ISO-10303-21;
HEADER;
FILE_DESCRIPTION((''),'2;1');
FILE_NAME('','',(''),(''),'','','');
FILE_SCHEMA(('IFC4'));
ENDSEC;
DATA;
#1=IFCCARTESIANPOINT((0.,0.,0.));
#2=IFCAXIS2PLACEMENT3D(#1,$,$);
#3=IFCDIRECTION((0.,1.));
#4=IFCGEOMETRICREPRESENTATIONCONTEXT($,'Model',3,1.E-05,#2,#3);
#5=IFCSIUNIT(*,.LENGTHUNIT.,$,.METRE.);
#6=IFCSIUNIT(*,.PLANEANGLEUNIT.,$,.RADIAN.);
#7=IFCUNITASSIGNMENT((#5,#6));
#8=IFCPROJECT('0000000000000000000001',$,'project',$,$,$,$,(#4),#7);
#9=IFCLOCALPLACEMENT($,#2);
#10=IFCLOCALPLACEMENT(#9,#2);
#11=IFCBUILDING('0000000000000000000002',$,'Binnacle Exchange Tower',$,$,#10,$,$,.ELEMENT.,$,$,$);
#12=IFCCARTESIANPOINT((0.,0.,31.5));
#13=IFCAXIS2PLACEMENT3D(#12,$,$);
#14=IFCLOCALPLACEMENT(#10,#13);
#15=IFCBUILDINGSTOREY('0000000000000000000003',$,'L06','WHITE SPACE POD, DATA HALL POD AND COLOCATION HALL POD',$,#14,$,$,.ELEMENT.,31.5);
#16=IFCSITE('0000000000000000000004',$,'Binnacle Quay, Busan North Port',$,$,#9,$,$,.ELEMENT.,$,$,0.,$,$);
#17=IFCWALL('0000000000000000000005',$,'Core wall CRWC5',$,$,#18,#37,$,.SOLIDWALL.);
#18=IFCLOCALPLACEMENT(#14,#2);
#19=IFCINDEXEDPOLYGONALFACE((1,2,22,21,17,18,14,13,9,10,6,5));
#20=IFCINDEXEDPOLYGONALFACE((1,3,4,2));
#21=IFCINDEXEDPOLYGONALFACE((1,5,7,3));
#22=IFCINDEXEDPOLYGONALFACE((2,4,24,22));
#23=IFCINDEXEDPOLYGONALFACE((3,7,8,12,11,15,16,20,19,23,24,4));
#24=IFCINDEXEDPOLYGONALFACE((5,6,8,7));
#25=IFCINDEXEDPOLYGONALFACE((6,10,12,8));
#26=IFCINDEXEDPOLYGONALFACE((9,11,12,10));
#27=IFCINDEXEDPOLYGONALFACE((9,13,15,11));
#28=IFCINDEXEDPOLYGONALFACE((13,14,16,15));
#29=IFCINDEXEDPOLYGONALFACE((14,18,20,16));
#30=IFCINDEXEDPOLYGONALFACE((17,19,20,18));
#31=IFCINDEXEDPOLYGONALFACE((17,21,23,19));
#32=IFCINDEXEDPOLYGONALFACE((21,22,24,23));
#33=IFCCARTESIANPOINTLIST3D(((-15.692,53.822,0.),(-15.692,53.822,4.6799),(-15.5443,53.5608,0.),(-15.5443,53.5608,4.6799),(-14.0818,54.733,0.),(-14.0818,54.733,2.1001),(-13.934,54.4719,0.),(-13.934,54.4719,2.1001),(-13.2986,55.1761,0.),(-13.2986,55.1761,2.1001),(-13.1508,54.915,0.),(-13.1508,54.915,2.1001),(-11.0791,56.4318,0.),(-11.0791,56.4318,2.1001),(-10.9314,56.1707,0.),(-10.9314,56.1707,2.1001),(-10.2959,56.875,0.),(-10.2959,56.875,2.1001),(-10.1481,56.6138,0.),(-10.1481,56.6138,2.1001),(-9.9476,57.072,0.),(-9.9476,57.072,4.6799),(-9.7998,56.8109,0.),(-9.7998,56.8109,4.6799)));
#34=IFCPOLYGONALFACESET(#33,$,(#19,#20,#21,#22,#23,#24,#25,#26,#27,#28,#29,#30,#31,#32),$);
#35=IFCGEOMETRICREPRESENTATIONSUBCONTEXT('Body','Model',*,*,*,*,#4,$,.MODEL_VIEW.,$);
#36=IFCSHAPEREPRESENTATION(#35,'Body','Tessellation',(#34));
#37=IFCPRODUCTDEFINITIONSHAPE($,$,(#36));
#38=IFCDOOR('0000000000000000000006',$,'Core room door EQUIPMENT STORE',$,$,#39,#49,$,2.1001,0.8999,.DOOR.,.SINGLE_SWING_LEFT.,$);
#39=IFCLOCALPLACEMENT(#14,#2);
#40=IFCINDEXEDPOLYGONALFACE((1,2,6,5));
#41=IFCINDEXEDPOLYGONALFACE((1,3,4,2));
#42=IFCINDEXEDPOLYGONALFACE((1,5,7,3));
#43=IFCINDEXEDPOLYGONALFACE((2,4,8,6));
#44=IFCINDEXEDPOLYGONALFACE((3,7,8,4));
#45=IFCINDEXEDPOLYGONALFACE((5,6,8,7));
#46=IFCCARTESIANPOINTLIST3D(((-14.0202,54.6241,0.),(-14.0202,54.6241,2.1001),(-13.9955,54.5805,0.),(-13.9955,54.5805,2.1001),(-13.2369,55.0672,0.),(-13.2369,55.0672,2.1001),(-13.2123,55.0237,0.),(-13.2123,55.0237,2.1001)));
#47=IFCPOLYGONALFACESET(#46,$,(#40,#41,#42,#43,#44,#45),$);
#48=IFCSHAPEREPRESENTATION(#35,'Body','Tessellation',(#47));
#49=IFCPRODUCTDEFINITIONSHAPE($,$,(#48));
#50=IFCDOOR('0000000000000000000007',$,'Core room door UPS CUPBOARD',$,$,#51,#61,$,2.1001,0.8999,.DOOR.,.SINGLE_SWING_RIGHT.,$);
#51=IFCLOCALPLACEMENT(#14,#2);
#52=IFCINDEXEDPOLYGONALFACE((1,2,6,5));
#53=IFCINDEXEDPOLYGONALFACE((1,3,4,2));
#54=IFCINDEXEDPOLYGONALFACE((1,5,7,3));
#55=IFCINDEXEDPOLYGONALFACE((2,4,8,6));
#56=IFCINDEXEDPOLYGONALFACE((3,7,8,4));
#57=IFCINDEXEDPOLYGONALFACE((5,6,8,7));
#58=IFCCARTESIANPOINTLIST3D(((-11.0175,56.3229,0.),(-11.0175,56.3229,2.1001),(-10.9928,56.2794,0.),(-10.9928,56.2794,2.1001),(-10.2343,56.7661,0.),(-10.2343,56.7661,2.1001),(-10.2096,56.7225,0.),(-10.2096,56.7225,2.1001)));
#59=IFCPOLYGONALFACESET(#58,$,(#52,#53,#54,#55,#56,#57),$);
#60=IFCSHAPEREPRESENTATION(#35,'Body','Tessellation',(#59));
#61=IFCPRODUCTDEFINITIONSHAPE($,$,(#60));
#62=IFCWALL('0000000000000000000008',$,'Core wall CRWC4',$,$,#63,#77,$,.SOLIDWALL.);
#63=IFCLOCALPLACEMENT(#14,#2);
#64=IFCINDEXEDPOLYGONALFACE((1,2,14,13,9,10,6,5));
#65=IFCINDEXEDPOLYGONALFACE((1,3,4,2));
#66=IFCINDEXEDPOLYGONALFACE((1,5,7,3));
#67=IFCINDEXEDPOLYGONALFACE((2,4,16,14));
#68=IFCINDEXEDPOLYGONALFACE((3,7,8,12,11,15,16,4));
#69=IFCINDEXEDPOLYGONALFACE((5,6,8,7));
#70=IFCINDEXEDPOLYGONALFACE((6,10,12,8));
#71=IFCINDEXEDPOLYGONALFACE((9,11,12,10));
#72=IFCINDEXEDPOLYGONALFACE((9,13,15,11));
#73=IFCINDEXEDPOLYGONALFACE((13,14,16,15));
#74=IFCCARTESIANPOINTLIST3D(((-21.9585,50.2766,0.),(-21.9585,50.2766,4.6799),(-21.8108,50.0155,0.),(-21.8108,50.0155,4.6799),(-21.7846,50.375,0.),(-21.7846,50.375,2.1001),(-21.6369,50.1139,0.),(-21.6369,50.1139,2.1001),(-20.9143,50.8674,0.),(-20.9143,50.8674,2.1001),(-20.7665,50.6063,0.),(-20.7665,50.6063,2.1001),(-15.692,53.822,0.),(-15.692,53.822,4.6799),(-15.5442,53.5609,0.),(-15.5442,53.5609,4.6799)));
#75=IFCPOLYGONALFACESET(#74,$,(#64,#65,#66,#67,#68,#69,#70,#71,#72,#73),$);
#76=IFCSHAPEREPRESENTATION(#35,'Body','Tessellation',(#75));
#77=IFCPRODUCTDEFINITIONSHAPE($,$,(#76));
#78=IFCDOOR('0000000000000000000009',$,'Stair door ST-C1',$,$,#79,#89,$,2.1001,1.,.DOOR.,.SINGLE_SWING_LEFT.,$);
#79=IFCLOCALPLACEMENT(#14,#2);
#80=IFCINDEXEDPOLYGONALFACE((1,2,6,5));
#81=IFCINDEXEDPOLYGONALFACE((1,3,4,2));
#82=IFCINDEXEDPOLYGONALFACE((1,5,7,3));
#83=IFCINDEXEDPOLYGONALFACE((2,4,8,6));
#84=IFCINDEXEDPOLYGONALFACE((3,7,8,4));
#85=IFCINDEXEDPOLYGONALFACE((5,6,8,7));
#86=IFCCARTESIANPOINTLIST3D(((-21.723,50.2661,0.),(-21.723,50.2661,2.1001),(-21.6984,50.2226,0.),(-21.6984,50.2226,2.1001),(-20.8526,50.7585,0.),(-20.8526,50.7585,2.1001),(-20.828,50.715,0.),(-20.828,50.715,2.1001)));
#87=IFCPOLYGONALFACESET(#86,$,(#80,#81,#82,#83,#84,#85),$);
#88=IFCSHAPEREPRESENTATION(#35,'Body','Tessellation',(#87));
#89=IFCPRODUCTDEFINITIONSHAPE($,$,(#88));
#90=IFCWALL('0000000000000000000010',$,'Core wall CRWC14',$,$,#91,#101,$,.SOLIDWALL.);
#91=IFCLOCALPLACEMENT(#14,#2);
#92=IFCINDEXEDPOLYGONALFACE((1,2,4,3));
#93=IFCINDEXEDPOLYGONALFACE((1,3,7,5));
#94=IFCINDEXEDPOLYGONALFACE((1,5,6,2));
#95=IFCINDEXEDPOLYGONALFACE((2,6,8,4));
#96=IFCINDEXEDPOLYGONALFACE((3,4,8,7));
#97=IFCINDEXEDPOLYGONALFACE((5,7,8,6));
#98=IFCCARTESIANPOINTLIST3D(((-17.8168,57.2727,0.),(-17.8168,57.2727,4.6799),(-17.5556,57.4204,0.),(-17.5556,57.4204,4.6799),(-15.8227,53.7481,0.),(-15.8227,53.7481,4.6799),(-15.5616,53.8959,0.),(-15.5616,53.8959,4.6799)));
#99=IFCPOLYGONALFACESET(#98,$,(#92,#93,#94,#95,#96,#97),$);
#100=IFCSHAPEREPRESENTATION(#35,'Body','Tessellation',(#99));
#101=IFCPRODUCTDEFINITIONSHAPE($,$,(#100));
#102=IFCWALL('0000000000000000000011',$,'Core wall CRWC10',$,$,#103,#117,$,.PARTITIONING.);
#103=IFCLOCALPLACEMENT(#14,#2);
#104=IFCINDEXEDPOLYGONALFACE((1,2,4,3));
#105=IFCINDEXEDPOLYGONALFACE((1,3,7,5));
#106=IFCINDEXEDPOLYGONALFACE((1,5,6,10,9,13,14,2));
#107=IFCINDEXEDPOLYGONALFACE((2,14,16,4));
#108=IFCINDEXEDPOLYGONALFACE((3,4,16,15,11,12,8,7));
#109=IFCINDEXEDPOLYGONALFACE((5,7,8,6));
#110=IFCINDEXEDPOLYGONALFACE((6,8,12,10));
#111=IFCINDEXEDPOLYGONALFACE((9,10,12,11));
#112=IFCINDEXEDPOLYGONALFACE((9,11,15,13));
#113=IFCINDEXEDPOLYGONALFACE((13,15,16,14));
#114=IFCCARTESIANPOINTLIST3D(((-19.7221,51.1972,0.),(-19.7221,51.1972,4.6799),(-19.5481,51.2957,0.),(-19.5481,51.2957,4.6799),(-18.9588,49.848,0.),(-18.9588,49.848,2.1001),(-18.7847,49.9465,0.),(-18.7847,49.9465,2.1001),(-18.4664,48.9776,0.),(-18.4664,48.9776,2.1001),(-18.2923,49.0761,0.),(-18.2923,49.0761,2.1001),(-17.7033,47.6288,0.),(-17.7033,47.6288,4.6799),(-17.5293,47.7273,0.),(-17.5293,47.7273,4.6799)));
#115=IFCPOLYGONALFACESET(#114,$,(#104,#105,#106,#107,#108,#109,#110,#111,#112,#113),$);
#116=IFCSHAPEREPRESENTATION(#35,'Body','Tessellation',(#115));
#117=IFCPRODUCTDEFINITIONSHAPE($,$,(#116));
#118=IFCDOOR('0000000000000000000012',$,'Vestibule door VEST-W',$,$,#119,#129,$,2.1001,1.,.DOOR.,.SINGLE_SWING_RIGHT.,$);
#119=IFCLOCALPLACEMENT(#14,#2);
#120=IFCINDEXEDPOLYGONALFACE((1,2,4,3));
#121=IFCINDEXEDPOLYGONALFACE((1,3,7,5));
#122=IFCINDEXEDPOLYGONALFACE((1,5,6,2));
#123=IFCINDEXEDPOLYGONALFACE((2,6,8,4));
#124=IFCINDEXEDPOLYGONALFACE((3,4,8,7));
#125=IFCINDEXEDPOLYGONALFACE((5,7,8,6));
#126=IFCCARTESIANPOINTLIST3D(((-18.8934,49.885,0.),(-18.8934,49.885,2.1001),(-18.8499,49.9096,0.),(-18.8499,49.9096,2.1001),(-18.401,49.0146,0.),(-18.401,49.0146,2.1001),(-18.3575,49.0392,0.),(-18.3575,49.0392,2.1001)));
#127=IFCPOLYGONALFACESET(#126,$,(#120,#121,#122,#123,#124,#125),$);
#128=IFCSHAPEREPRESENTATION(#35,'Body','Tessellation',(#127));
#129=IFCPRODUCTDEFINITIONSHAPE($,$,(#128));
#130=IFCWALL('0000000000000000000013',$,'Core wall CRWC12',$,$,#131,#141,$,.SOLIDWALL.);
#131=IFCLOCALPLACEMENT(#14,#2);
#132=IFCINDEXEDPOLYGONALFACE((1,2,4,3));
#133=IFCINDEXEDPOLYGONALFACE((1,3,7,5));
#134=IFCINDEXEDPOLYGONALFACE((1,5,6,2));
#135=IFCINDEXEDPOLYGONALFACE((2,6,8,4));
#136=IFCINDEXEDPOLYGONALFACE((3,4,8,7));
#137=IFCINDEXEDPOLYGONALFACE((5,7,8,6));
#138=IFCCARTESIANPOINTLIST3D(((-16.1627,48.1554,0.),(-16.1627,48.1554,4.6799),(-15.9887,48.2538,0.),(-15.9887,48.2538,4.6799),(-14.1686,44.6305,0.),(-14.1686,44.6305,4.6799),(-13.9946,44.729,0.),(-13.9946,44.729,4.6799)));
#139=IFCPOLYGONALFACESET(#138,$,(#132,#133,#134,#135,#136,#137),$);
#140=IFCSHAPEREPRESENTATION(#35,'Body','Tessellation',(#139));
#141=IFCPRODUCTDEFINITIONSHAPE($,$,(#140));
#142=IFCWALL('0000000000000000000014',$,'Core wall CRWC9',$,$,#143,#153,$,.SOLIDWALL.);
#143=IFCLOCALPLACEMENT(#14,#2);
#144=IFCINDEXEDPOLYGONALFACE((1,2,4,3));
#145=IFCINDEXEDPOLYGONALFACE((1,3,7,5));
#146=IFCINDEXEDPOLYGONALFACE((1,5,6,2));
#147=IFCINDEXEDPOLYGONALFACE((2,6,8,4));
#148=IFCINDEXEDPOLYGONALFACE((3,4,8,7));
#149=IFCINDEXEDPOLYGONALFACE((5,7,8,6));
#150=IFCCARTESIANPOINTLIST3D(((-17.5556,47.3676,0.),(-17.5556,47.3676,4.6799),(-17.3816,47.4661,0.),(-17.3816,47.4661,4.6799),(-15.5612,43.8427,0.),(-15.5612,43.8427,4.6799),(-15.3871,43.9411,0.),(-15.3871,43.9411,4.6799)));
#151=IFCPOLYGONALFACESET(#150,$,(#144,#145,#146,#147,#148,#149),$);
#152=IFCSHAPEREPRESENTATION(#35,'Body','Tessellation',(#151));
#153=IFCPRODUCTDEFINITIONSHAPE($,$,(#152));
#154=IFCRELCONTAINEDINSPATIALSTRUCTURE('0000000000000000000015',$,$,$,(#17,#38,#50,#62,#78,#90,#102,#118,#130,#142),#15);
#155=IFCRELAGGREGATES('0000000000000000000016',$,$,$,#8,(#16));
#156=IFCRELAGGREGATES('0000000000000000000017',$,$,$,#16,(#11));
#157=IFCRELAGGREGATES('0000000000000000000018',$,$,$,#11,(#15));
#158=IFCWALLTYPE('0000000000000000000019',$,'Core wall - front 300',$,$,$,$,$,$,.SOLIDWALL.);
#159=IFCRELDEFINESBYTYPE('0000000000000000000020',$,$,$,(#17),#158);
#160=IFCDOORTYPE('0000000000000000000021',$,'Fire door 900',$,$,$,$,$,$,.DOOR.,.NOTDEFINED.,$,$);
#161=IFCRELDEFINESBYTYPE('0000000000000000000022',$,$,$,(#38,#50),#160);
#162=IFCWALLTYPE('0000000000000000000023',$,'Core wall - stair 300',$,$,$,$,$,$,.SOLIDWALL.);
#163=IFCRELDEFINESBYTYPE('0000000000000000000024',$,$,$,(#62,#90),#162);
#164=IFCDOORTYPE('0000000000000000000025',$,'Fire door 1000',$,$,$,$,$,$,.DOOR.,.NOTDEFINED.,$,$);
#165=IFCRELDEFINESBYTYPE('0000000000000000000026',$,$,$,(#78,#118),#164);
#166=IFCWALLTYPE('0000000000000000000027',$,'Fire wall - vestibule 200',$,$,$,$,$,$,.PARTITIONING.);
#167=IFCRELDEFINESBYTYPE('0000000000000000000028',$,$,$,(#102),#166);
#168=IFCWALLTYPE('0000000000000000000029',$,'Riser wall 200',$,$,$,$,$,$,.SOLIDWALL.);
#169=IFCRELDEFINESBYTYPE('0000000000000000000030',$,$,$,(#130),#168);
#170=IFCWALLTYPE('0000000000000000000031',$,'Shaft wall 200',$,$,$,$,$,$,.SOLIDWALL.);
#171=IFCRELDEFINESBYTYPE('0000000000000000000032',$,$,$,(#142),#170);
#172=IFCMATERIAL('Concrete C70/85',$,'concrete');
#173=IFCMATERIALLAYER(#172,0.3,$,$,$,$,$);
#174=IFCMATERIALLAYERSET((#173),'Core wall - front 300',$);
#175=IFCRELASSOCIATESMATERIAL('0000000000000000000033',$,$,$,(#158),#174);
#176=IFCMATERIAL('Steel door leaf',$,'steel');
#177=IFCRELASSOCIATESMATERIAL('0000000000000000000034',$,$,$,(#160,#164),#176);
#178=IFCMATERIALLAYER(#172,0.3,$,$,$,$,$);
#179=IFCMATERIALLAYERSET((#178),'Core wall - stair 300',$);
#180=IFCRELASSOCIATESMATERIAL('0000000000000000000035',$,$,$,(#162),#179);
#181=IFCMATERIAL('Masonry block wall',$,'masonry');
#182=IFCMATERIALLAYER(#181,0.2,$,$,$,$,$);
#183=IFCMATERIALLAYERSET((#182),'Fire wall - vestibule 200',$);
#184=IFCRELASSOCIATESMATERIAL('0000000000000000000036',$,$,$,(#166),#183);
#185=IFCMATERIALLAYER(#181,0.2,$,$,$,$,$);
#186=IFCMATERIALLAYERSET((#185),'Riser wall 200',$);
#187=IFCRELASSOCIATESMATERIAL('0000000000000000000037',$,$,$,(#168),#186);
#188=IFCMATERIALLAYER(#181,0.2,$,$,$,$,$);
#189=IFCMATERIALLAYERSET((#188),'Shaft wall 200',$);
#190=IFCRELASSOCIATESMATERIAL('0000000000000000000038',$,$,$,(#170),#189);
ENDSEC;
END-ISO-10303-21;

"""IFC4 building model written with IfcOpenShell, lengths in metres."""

from ifc_helpers import new_model, si_unit, direction, frame, frame_2d, origin, place, context, subcontext, project, spatial, rectangle, extrude, material, layer, layer_set, type_object, element, fill, save


model = new_model("IFC4")

# Units and contexts
model_context = context("Model", 3, precision=1e-05, world=origin(), true_north=direction((0.0, 1.0)))
body_context = subcontext(model_context, "Body", "Model", "MODEL_VIEW")
ifc_project = project(units=[si_unit("LENGTHUNIT", "METRE"), si_unit("PLANEANGLEUNIT", "RADIAN")], contexts=[model_context])

# Site, building, storey
site_placement = place(None, origin())
site = spatial("IfcSite", under=ifc_project, at=site_placement, Name="Binnacle Quay, Busan North Port", CompositionType="ELEMENT", RefElevation=0.0)
building_placement = place(site_placement, origin())
building = spatial("IfcBuilding", under=site, at=building_placement, Name="Binnacle Exchange Tower", CompositionType="ELEMENT")
storey_placement = place(building_placement, frame((0.0, 0.0, 31.5)))
storey = spatial("IfcBuildingStorey", under=building, at=storey_placement, Name="L06", Description="WHITE SPACE POD, DATA HALL POD AND COLOCATION HALL POD", CompositionType="ELEMENT", Elevation=31.5)

# Shared definitions
ifc_material_1 = material(Name="Concrete C70/85", Category="concrete")

# Wall, openings, doors
ifc_layer_1 = layer(ifc_material_1, 0.3)
ifc_layer_set_1 = layer_set([ifc_layer_1], Name="Core wall - front 300")
wall_type_1 = type_object("IfcWallType", Name="Core wall - front 300", PredefinedType="SOLIDWALL", material=ifc_layer_set_1)
ifc_material_2 = material(Name="Steel door leaf", Category="steel")
door_type_1 = type_object("IfcDoorType", Name="Fire door 900", OperationType="NOTDEFINED", PredefinedType="DOOR", material=ifc_material_2)
wall_1_placement = place(storey_placement, frame((-15.6182, 53.6914, 0.0), z_axis=(0.0, 0.0, 1.0), x_axis=(0.870357, 0.492422, 0.0)))
wall_1 = element("IfcWall", 1, at=wall_1_placement, inside=storey, type_object=wall_type_1, Name="Core wall CRWC5", PredefinedType="SOLIDWALL", context=body_context, shape_type="SweptSolid", body=[
    extrude(rectangle(XDim=6.6001, YDim=0.3, at=frame_2d((3.3, 0.0))), origin(), (0.0, 0.0, 1.0), 4.6799),
])
opening_1_placement = place(wall_1_placement, frame((1.8501, 0.0, 0.0)))
opening_1 = element("IfcOpeningElement", 2, at=opening_1_placement, cuts=wall_1, PredefinedType="OPENING", context=body_context, shape_type="SweptSolid", body=[
    extrude(rectangle(XDim=0.8999, YDim=2.1001, at=frame_2d((0.45, 1.05))), frame((0.0, 0.1599, 0.0), z_axis=(0.0, -1.0, 0.0), x_axis=(1.0, 0.0, 0.0)), (0.0, 0.0, 1.0), 0.3201),
])
opening_2_placement = place(wall_1_placement, frame((5.3, 0.0, 0.0)))
opening_2 = element("IfcOpeningElement", 3, at=opening_2_placement, cuts=wall_1, PredefinedType="OPENING", context=body_context, shape_type="SweptSolid", body=[
    extrude(rectangle(XDim=0.8999, YDim=2.1001, at=frame_2d((0.45, 1.05))), frame((0.0, 0.1599, 0.0), z_axis=(0.0, -1.0, 0.0), x_axis=(1.0, 0.0, 0.0)), (0.0, 0.0, 1.0), 0.3201),
])
door_1_placement = place(opening_1_placement, origin())
door_1 = element("IfcDoor", 4, at=door_1_placement, inside=storey, type_object=door_type_1, Name="Core room door EQUIPMENT STORE", OperationType="SINGLE_SWING_LEFT", OverallHeight=2.1001, OverallWidth=0.8999, PredefinedType="DOOR", context=body_context, shape_type="SweptSolid", body=[
    extrude(rectangle(XDim=0.8999, YDim=2.1001, at=frame_2d((0.45, 1.05))), frame((0.0, 0.0249, 0.0), z_axis=(0.0, -1.0, 0.0), x_axis=(1.0, 0.0, 0.0)), (0.0, 0.0, 1.0), 0.05),
])
fill(opening_1, door_1)
door_2_placement = place(opening_2_placement, origin())
door_2 = element("IfcDoor", 5, at=door_2_placement, inside=storey, type_object=door_type_1, Name="Core room door UPS CUPBOARD", OperationType="SINGLE_SWING_RIGHT", OverallHeight=2.1001, OverallWidth=0.8999, PredefinedType="DOOR", context=body_context, shape_type="SweptSolid", body=[
    extrude(rectangle(XDim=0.8999, YDim=2.1001, at=frame_2d((0.45, 1.05))), frame((0.0, 0.0249, 0.0), z_axis=(0.0, -1.0, 0.0), x_axis=(1.0, 0.0, 0.0)), (0.0, 0.0, 1.0), 0.05),
])
fill(opening_2, door_2)

# Wall, opening, door
ifc_layer_2 = layer(ifc_material_1, 0.3)
ifc_layer_set_2 = layer_set([ifc_layer_2], Name="Core wall - stair 300")
wall_type_2 = type_object("IfcWallType", Name="Core wall - stair 300", PredefinedType="SOLIDWALL", material=ifc_layer_set_2)
wall_2_placement = place(storey_placement, frame((-21.8848, 50.146, 0.0), z_axis=(0.0, 0.0, 1.0), x_axis=(0.870359, 0.492417, 0.0)))
wall_2 = element("IfcWall", 6, at=wall_2_placement, inside=storey, type_object=wall_type_2, Name="Core wall CRWC4", PredefinedType="SOLIDWALL", context=body_context, shape_type="SweptSolid", body=[
    extrude(rectangle(XDim=7.2, YDim=0.3, at=frame_2d((3.6001, 0.0))), origin(), (0.0, 0.0, 1.0), 4.6799),
])
opening_3_placement = place(wall_2_placement, frame((0.2, 0.0, 0.0)))
opening_3 = element("IfcOpeningElement", 7, at=opening_3_placement, cuts=wall_2, PredefinedType="OPENING", context=body_context, shape_type="SweptSolid", body=[
    extrude(rectangle(XDim=1.0, YDim=2.1001, at=frame_2d((0.5, 1.05))), frame((0.0, 0.1599, 0.0), z_axis=(0.0, -1.0, 0.0), x_axis=(1.0, 0.0, 0.0)), (0.0, 0.0, 1.0), 0.3201),
])
door_type_2 = type_object("IfcDoorType", Name="Fire door 1000", OperationType="NOTDEFINED", PredefinedType="DOOR", material=ifc_material_2)
door_3_placement = place(opening_3_placement, origin())
door_3 = element("IfcDoor", 8, at=door_3_placement, inside=storey, type_object=door_type_2, Name="Stair door ST-C1", OperationType="SINGLE_SWING_LEFT", OverallHeight=2.1001, OverallWidth=1.0, PredefinedType="DOOR", context=body_context, shape_type="SweptSolid", body=[
    extrude(rectangle(XDim=1.0, YDim=2.1001, at=frame_2d((0.5, 1.05))), frame((0.0, 0.0249, 0.0), z_axis=(0.0, -1.0, 0.0), x_axis=(1.0, 0.0, 0.0)), (0.0, 0.0, 1.0), 0.05),
])
fill(opening_3, door_3)

# Wall
wall_3_placement = place(storey_placement, frame((-17.6863, 57.3467, 0.0), z_axis=(0.0, 0.0, 1.0), x_axis=(0.492421, -0.870357, 0.0)))
element("IfcWall", 9, at=wall_3_placement, inside=storey, type_object=wall_type_2, Name="Core wall CRWC14", PredefinedType="SOLIDWALL", context=body_context, shape_type="SweptSolid", body=[
    extrude(rectangle(XDim=4.0496, YDim=0.3, at=frame_2d((2.0249, 0.0))), origin(), (0.0, 0.0, 1.0), 4.6799),
])

# Wall, opening, door
ifc_material_3 = material(Name="Masonry block wall", Category="masonry")
ifc_layer_3 = layer(ifc_material_3, 0.2)
ifc_layer_set_3 = layer_set([ifc_layer_3], Name="Fire wall - vestibule 200")
wall_type_3 = type_object("IfcWallType", Name="Fire wall - vestibule 200", PredefinedType="PARTITIONING", material=ifc_layer_set_3)
wall_4_placement = place(storey_placement, frame((-19.635, 51.2463, 0.0), z_axis=(0.0, 0.0, 1.0), x_axis=(0.492408, -0.870364, 0.0)))
wall_4 = element("IfcWall", 10, at=wall_4_placement, inside=storey, type_object=wall_type_3, Name="Core wall CRWC10", PredefinedType="PARTITIONING", context=body_context, shape_type="SweptSolid", body=[
    extrude(rectangle(XDim=4.0999, YDim=0.2, at=frame_2d((2.0498, 0.0))), origin(), (0.0, 0.0, 1.0), 4.6799),
])
opening_4_placement = place(wall_4_placement, frame((1.55, 0.0, 0.0)))
opening_4 = element("IfcOpeningElement", 11, at=opening_4_placement, cuts=wall_4, PredefinedType="OPENING", context=body_context, shape_type="SweptSolid", body=[
    extrude(rectangle(XDim=1.0, YDim=2.1001, at=frame_2d((0.5, 1.05))), frame((0.0, 0.1099, 0.0), z_axis=(0.0, -1.0, 0.0), x_axis=(1.0, 0.0, 0.0)), (0.0, 0.0, 1.0), 0.22),
])
door_4_placement = place(opening_4_placement, frame((1.0, 0.0, 0.0), z_axis=(0.0, 0.0, 1.0), x_axis=(-1.0, 0.0, 0.0)))
door_4 = element("IfcDoor", 12, at=door_4_placement, inside=storey, type_object=door_type_2, Name="Vestibule door VEST-W", OperationType="SINGLE_SWING_RIGHT", OverallHeight=2.1001, OverallWidth=1.0, PredefinedType="DOOR", context=body_context, shape_type="SweptSolid", body=[
    extrude(rectangle(XDim=1.0, YDim=2.1001, at=frame_2d((0.5, 1.05))), frame((0.0, 0.0249, 0.0), z_axis=(0.0, -1.0, 0.0), x_axis=(1.0, 0.0, 0.0)), (0.0, 0.0, 1.0), 0.05),
])
fill(opening_4, door_4)

# Walls
ifc_layer_4 = layer(ifc_material_3, 0.2)
ifc_layer_set_4 = layer_set([ifc_layer_4], Name="Riser wall 200")
wall_type_4 = type_object("IfcWallType", Name="Riser wall 200", PredefinedType="SOLIDWALL", material=ifc_layer_set_4)
wall_5_placement = place(storey_placement, frame((-16.0757, 48.2046, 0.0), z_axis=(0.0, 0.0, 1.0), x_axis=(0.492395, -0.870372, 0.0)))
element("IfcWall", 13, at=wall_5_placement, inside=storey, type_object=wall_type_4, Name="Core wall CRWC12", PredefinedType="SOLIDWALL", context=body_context, shape_type="SweptSolid", body=[
    extrude(rectangle(XDim=4.0498, YDim=0.2, at=frame_2d((2.0249, 0.0))), origin(), (0.0, 0.0, 1.0), 4.6799),
])
ifc_layer_5 = layer(ifc_material_3, 0.2)
ifc_layer_set_5 = layer_set([ifc_layer_5], Name="Shaft wall 200")
wall_type_5 = type_object("IfcWallType", Name="Shaft wall 200", PredefinedType="SOLIDWALL", material=ifc_layer_set_5)
wall_6_placement = place(storey_placement, frame((-17.4685, 47.4167, 0.0), z_axis=(0.0, 0.0, 1.0), x_axis=(0.492441, -0.870346, 0.0)))
element("IfcWall", 14, at=wall_6_placement, inside=storey, type_object=wall_type_5, Name="Core wall CRWC9", PredefinedType="SOLIDWALL", context=body_context, shape_type="SweptSolid", body=[
    extrude(rectangle(XDim=4.05, YDim=0.2, at=frame_2d((2.0249, 0.0))), origin(), (0.0, 0.0, 1.0), 4.6799),
])

save(model, "model.ifc")
